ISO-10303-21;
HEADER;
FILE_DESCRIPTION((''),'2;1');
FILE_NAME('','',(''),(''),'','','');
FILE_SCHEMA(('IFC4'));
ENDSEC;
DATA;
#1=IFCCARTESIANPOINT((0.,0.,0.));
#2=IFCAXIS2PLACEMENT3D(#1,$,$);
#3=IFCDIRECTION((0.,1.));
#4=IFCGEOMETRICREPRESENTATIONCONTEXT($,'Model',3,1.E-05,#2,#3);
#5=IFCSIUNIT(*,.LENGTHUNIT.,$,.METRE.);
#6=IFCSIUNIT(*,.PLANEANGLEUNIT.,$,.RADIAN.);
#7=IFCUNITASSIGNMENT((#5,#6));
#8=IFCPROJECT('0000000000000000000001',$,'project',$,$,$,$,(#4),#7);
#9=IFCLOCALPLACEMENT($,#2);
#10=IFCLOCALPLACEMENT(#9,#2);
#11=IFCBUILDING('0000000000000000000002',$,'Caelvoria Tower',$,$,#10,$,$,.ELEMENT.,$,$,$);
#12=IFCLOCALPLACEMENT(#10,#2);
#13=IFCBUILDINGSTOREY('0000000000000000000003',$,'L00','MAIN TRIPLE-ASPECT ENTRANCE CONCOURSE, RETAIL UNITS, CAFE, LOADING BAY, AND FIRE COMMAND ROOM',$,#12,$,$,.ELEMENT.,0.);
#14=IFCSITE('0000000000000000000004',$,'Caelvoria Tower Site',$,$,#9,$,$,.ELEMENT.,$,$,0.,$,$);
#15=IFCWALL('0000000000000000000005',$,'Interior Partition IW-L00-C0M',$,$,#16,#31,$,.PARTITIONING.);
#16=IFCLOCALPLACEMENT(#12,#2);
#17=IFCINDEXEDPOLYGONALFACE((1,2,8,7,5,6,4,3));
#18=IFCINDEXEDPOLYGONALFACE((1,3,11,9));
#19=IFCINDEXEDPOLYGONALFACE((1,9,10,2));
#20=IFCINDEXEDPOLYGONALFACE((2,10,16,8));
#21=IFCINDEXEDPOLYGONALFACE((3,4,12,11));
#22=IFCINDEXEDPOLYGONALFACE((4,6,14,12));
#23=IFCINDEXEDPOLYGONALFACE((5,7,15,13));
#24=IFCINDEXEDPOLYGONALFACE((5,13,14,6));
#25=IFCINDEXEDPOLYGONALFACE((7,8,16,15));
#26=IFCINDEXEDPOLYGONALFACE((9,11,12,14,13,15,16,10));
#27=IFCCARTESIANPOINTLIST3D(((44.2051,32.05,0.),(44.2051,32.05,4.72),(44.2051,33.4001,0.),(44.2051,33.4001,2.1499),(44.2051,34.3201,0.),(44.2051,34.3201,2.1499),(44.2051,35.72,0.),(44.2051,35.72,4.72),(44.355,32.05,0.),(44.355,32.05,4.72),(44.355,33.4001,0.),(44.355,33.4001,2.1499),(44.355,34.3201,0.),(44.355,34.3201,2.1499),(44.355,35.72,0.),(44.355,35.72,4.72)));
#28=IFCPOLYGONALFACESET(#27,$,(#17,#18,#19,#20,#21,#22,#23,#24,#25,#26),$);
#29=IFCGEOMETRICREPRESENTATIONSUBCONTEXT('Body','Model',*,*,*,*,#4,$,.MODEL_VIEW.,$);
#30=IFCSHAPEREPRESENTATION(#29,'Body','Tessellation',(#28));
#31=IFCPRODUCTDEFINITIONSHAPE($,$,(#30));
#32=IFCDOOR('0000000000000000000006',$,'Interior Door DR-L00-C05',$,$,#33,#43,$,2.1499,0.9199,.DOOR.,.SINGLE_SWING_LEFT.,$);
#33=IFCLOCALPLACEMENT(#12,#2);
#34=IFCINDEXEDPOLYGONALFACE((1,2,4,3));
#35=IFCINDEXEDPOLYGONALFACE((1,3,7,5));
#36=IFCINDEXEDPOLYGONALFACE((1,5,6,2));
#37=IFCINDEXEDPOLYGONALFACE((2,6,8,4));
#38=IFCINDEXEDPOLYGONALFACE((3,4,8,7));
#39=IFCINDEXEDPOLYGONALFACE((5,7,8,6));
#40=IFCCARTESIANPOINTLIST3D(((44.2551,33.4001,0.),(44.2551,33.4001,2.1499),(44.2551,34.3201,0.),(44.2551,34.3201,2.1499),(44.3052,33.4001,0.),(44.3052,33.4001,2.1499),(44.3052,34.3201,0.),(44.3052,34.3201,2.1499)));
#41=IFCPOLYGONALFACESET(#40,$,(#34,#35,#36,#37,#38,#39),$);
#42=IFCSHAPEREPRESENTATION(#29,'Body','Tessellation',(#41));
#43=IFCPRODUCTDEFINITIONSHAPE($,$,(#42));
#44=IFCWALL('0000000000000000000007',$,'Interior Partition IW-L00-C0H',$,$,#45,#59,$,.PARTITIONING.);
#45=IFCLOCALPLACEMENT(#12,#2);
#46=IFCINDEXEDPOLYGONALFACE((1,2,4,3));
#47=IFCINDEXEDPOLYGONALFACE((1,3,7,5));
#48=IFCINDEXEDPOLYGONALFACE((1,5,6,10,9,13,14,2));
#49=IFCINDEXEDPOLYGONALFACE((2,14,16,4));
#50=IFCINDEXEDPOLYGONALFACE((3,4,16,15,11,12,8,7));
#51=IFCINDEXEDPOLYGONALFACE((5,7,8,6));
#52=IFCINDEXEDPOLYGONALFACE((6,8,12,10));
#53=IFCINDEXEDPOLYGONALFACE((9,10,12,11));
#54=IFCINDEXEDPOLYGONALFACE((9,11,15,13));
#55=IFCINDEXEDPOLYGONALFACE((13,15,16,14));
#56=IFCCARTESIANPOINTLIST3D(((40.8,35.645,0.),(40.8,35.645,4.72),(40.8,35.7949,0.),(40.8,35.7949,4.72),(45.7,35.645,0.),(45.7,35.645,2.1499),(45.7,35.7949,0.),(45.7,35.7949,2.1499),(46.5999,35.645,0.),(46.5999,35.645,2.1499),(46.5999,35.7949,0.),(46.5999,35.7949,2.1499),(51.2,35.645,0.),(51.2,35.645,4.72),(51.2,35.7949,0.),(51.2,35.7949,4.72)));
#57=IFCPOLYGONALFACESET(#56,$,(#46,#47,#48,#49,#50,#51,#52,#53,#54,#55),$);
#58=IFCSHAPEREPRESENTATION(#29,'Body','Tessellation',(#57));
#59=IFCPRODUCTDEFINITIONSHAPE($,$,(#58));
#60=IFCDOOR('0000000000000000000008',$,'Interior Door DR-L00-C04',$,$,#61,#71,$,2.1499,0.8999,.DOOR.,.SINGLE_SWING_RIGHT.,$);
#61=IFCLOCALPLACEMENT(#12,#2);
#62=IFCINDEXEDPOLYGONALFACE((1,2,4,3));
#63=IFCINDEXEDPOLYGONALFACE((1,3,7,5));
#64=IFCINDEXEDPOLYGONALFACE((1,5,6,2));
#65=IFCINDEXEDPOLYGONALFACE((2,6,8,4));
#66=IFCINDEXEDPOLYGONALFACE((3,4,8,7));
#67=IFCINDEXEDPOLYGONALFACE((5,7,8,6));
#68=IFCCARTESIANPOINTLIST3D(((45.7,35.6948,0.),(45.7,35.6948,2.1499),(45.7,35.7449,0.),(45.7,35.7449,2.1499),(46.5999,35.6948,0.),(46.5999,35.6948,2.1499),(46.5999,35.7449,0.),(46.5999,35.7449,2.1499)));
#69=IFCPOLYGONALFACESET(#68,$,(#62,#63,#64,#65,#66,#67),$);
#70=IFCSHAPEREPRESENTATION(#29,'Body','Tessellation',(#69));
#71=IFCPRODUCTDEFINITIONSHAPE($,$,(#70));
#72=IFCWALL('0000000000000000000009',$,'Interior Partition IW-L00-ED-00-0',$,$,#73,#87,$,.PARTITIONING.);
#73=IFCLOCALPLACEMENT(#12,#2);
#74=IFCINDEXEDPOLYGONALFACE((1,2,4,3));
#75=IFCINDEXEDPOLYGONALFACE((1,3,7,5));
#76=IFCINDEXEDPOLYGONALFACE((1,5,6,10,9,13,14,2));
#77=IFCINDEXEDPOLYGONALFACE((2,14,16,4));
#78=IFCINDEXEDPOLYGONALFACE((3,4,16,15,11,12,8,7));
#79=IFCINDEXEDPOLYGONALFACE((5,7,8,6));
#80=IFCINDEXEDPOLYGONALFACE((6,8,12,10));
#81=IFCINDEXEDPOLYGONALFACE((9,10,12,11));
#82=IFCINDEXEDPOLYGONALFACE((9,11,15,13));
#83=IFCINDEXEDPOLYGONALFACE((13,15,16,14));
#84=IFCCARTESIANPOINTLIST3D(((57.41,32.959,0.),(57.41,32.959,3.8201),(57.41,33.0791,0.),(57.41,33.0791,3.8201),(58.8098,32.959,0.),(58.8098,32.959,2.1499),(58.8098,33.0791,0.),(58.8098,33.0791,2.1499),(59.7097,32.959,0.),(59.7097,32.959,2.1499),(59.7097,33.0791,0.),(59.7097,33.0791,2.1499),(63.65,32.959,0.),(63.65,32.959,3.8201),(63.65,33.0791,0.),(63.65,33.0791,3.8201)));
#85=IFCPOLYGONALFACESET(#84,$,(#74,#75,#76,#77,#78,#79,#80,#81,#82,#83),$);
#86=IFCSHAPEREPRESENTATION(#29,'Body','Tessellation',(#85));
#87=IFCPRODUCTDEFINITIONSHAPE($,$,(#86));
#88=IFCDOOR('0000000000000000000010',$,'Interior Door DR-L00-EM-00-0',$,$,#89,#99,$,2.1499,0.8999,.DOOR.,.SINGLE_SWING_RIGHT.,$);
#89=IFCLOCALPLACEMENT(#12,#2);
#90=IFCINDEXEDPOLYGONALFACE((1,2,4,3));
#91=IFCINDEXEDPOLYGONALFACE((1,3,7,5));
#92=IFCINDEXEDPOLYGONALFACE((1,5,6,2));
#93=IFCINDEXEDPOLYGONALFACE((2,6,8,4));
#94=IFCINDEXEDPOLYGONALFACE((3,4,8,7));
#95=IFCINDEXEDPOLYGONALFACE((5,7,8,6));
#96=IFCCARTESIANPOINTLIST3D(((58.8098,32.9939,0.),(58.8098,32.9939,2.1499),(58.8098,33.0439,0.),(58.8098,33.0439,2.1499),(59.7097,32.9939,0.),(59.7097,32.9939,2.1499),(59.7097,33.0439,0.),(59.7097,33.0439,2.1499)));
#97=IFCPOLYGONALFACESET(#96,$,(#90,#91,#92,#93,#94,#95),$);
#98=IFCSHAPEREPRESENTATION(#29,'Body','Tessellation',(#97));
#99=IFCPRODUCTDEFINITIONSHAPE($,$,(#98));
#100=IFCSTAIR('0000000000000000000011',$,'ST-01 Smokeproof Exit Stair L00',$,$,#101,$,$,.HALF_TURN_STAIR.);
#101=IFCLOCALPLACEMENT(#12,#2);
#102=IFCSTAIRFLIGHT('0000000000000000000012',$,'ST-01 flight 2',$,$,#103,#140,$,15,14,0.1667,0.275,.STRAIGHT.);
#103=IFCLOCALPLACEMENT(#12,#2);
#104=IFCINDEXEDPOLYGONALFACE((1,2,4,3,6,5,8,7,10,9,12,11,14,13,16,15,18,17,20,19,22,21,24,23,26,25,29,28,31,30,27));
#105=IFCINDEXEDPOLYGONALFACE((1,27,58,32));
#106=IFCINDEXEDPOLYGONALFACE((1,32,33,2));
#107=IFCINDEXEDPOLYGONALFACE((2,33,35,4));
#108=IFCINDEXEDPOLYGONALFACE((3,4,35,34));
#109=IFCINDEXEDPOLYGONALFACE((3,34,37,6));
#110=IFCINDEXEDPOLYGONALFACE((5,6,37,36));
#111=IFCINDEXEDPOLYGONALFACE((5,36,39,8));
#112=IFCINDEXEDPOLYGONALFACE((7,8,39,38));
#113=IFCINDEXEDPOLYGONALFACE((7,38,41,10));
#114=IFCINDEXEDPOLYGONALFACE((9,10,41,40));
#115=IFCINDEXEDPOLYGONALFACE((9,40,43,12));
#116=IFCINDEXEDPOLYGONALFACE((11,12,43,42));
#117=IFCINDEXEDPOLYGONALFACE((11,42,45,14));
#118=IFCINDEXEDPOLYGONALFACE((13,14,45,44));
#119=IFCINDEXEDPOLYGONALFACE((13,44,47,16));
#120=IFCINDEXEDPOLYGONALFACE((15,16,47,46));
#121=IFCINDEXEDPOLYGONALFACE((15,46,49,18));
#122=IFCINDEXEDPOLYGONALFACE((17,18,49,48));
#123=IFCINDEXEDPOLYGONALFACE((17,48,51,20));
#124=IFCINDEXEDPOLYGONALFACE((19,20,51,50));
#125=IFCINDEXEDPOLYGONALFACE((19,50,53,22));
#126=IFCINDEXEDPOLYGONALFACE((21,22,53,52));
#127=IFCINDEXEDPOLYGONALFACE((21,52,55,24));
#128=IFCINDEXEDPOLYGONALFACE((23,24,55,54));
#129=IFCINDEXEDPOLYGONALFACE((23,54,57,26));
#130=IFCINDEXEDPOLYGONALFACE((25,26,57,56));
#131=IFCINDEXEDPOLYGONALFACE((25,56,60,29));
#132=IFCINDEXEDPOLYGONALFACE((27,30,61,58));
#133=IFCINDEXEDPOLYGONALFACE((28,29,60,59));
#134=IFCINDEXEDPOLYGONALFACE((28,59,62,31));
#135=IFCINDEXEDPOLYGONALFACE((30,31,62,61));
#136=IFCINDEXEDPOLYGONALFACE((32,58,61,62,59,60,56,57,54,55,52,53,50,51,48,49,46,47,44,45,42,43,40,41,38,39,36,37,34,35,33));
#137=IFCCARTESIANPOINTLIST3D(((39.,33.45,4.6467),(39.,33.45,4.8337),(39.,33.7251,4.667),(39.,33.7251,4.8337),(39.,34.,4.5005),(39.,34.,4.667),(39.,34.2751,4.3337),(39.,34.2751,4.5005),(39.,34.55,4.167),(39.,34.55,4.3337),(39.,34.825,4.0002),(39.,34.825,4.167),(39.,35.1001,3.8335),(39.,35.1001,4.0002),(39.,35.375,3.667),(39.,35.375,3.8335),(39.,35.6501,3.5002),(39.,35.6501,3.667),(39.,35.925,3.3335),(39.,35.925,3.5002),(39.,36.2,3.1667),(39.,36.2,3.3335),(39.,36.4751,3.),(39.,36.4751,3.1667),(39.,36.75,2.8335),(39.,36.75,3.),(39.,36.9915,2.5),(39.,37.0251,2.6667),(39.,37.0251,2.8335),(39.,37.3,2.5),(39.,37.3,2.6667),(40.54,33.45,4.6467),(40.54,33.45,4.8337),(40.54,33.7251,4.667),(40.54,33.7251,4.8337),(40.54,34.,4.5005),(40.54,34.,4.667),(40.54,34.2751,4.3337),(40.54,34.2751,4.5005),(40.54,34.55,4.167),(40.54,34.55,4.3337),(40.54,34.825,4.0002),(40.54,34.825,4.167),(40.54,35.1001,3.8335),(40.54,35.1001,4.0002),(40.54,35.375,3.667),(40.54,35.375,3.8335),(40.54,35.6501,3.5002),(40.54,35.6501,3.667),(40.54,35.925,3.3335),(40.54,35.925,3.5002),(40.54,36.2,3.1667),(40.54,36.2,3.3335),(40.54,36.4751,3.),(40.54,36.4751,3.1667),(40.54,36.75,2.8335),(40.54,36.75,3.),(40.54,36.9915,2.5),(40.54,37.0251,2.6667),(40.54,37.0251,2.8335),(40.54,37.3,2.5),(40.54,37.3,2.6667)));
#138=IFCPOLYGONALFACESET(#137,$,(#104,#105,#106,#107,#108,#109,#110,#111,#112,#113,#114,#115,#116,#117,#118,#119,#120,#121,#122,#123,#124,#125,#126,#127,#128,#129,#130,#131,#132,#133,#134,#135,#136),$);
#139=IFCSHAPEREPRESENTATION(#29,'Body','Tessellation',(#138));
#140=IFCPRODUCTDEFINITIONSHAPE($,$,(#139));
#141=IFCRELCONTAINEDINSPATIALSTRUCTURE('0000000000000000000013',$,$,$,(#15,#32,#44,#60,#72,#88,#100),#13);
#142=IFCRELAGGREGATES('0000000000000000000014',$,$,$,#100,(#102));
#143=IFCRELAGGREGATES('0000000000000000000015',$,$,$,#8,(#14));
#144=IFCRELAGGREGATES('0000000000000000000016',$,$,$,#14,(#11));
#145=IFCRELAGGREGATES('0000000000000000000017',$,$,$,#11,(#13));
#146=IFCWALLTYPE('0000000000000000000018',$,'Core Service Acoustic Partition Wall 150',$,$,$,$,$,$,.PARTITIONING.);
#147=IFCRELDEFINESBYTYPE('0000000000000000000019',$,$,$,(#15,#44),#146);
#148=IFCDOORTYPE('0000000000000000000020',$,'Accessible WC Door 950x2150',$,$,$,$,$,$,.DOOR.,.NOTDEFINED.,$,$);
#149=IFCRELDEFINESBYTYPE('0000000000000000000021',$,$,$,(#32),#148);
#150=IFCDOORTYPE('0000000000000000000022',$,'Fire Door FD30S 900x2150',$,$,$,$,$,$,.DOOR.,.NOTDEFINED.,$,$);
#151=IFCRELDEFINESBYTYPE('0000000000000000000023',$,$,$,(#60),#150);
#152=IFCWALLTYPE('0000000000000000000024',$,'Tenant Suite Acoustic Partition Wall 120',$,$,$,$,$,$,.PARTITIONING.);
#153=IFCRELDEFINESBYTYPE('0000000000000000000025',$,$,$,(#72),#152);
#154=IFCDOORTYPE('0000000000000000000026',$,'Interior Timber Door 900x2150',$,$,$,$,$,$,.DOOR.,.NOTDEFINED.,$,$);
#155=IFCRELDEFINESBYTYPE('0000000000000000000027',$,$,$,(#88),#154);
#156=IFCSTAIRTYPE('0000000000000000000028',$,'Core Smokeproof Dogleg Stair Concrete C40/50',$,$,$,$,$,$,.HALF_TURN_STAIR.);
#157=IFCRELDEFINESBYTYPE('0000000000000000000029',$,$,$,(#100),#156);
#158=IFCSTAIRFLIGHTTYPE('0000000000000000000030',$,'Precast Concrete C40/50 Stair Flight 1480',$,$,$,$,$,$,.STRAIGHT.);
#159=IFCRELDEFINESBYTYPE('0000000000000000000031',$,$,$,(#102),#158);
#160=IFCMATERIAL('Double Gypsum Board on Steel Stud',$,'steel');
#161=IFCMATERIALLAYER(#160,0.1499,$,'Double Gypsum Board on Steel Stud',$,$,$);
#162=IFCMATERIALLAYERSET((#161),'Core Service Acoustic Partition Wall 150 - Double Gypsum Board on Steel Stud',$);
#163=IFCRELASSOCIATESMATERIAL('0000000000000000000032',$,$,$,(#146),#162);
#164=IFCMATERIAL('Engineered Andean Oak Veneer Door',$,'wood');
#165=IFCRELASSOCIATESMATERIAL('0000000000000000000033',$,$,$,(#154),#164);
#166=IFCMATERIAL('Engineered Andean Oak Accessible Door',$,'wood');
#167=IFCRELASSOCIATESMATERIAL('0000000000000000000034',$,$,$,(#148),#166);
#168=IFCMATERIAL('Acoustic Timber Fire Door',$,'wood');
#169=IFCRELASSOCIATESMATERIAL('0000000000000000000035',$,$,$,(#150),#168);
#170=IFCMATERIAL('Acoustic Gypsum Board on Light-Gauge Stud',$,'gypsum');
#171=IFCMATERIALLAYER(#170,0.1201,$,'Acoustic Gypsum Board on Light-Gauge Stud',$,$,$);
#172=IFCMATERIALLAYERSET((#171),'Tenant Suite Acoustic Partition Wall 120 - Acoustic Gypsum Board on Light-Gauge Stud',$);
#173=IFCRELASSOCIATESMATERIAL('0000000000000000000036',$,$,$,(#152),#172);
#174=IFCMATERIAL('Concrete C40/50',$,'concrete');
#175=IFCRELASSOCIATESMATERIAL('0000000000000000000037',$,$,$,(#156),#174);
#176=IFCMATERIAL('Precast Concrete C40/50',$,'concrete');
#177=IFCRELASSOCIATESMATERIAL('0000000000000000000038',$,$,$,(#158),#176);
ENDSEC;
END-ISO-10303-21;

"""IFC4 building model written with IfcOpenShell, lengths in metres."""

from ifc_helpers import new_model, si_unit, direction, frame, frame_2d, origin, place, context, subcontext, project, spatial, polyline, rectangle, outline, extrude, material, layer, layer_set, type_object, element, fill, aggregate, save


model = new_model("IFC4")

# Units and contexts
model_context = context("Model", 3, precision=1e-05, world=origin(), true_north=direction((0.0, 1.0)))
body_context = subcontext(model_context, "Body", "Model", "MODEL_VIEW")
ifc_project = project(units=[si_unit("LENGTHUNIT", "METRE"), si_unit("PLANEANGLEUNIT", "RADIAN")], contexts=[model_context])

# Site, building, storey
site_placement = place(None, origin())
site = spatial("IfcSite", under=ifc_project, at=site_placement, Name="Caelvoria Tower Site", CompositionType="ELEMENT", RefElevation=0.0)
building_placement = place(site_placement, origin())
building = spatial("IfcBuilding", under=site, at=building_placement, Name="Caelvoria Tower", CompositionType="ELEMENT")
storey_placement = place(building_placement, origin())
storey = spatial("IfcBuildingStorey", under=building, at=storey_placement, Name="L00", Description="MAIN TRIPLE-ASPECT ENTRANCE CONCOURSE, RETAIL UNITS, CAFE, LOADING BAY, AND FIRE COMMAND ROOM", CompositionType="ELEMENT", Elevation=0.0)

# Walls, openings, doors
ifc_material_1 = material(Name="Double Gypsum Board on Steel Stud", Category="steel")
ifc_layer_1 = layer(ifc_material_1, 0.1499, Name="Double Gypsum Board on Steel Stud")
ifc_layer_set_1 = layer_set([ifc_layer_1], Name="Core Service Acoustic Partition Wall 150 - Double Gypsum Board on Steel Stud")
wall_type_1 = type_object("IfcWallType", Name="Core Service Acoustic Partition Wall 150", PredefinedType="PARTITIONING", material=ifc_layer_set_1)
ifc_material_2 = material(Name="Engineered Andean Oak Veneer Door", Category="wood")
door_type_1 = type_object("IfcDoorType", Name="Interior Timber Door 900x2150", OperationType="NOTDEFINED", PredefinedType="DOOR", material=ifc_material_2)
wall_1_placement = place(storey_placement, frame((44.28, 32.05, 0.0), z_axis=(0.0, 0.0, 1.0), x_axis=(0.0, 1.0, 0.0)))
wall_1 = element("IfcWall", 1, at=wall_1_placement, inside=storey, type_object=wall_type_1, Name="Interior Partition IW-L00-C0M", PredefinedType="PARTITIONING", context=body_context, shape_type="SweptSolid", body=[
    extrude(rectangle(XDim=3.6699, YDim=0.1499, at=frame_2d((1.835, 0.0))), origin(), (0.0, 0.0, 1.0), 4.72),
])
opening_1_placement = place(wall_1_placement, frame((1.3501, 0.0, 0.0)))
opening_1 = element("IfcOpeningElement", 2, at=opening_1_placement, cuts=wall_1, PredefinedType="OPENING", context=body_context, shape_type="SweptSolid", body=[
    extrude(rectangle(XDim=0.9199, YDim=2.1499, at=frame_2d((0.46, 1.075))), frame((0.0, 0.085, 0.0), z_axis=(0.0, -1.0, 0.0), x_axis=(1.0, 0.0, 0.0)), (0.0, 0.0, 1.0), 0.1699),
])
ifc_material_3 = material(Name="Engineered Andean Oak Accessible Door", Category="wood")
door_type_2 = type_object("IfcDoorType", Name="Accessible WC Door 950x2150", OperationType="NOTDEFINED", PredefinedType="DOOR", material=ifc_material_3)
door_1_placement = place(opening_1_placement, origin())
door_1 = element("IfcDoor", 3, at=door_1_placement, inside=storey, type_object=door_type_2, Name="Interior Door DR-L00-C05", OperationType="SINGLE_SWING_LEFT", OverallHeight=2.1499, OverallWidth=0.9199, PredefinedType="DOOR", context=body_context, shape_type="SweptSolid", body=[
    extrude(rectangle(XDim=0.9199, YDim=2.1499, at=frame_2d((0.46, 1.075))), frame((0.0, 0.0249, 0.0), z_axis=(0.0, -1.0, 0.0), x_axis=(1.0, 0.0, 0.0)), (0.0, 0.0, 1.0), 0.05),
])
fill(opening_1, door_1)
wall_2_placement = place(storey_placement, frame((40.8, 35.72, 0.0), z_axis=(0.0, 0.0, 1.0), x_axis=(1.0, 0.0, 0.0)))
wall_2 = element("IfcWall", 4, at=wall_2_placement, inside=storey, type_object=wall_type_1, Name="Interior Partition IW-L00-C0H", PredefinedType="PARTITIONING", context=body_context, shape_type="SweptSolid", body=[
    extrude(rectangle(XDim=10.3999, YDim=0.1499, at=frame_2d((5.2, 0.0))), origin(), (0.0, 0.0, 1.0), 4.72),
])
opening_2_placement = place(wall_2_placement, frame((4.8999, 0.0, 0.0)))
opening_2 = element("IfcOpeningElement", 5, at=opening_2_placement, cuts=wall_2, PredefinedType="OPENING", context=body_context, shape_type="SweptSolid", body=[
    extrude(rectangle(XDim=0.8999, YDim=2.1499, at=frame_2d((0.45, 1.075))), frame((0.0, 0.085, 0.0), z_axis=(0.0, -1.0, 0.0), x_axis=(1.0, 0.0, 0.0)), (0.0, 0.0, 1.0), 0.1699),
])
ifc_material_4 = material(Name="Acoustic Timber Fire Door", Category="wood")
door_type_3 = type_object("IfcDoorType", Name="Fire Door FD30S 900x2150", OperationType="NOTDEFINED", PredefinedType="DOOR", material=ifc_material_4)
door_2_placement = place(opening_2_placement, origin())
door_2 = element("IfcDoor", 6, at=door_2_placement, inside=storey, type_object=door_type_3, Name="Interior Door DR-L00-C04", OperationType="SINGLE_SWING_RIGHT", OverallHeight=2.1499, OverallWidth=0.8999, PredefinedType="DOOR", context=body_context, shape_type="SweptSolid", body=[
    extrude(rectangle(XDim=0.8999, YDim=2.1499, at=frame_2d((0.45, 1.075))), frame((0.0, 0.0249, 0.0), z_axis=(0.0, -1.0, 0.0), x_axis=(1.0, 0.0, 0.0)), (0.0, 0.0, 1.0), 0.05),
])
fill(opening_2, door_2)
ifc_material_5 = material(Name="Acoustic Gypsum Board on Light-Gauge Stud", Category="gypsum")
ifc_layer_2 = layer(ifc_material_5, 0.1201, Name="Acoustic Gypsum Board on Light-Gauge Stud")
ifc_layer_set_2 = layer_set([ifc_layer_2], Name="Tenant Suite Acoustic Partition Wall 120 - Acoustic Gypsum Board on Light-Gauge Stud")
wall_type_2 = type_object("IfcWallType", Name="Tenant Suite Acoustic Partition Wall 120", PredefinedType="PARTITIONING", material=ifc_layer_set_2)
wall_3_placement = place(storey_placement, frame((57.4099, 33.019, 0.0), z_axis=(0.0, 0.0, 1.0), x_axis=(1.0, 0.0, 0.0)))
wall_3 = element("IfcWall", 7, at=wall_3_placement, inside=storey, type_object=wall_type_2, Name="Interior Partition IW-L00-ED-00-0", PredefinedType="PARTITIONING", context=body_context, shape_type="SweptSolid", body=[
    extrude(rectangle(XDim=6.24, YDim=0.1201, at=frame_2d((3.1201, 0.0))), origin(), (0.0, 0.0, 1.0), 3.8201),
])
opening_3_placement = place(wall_3_placement, frame((1.3999, 0.0, 0.0)))
opening_3 = element("IfcOpeningElement", 8, at=opening_3_placement, cuts=wall_3, PredefinedType="OPENING", context=body_context, shape_type="SweptSolid", body=[
    extrude(rectangle(XDim=0.8999, YDim=2.1499, at=frame_2d((0.45, 1.075))), frame((0.0, 0.0701, 0.0), z_axis=(0.0, -1.0, 0.0), x_axis=(1.0, 0.0, 0.0)), (0.0, 0.0, 1.0), 0.1401),
])
door_3_placement = place(opening_3_placement, origin())
door_3 = element("IfcDoor", 9, at=door_3_placement, inside=storey, type_object=door_type_1, Name="Interior Door DR-L00-EM-00-0", OperationType="SINGLE_SWING_RIGHT", OverallHeight=2.1499, OverallWidth=0.8999, PredefinedType="DOOR", context=body_context, shape_type="SweptSolid", body=[
    extrude(rectangle(XDim=0.8999, YDim=2.1499, at=frame_2d((0.45, 1.075))), frame((0.0, 0.0249, 0.0), z_axis=(0.0, -1.0, 0.0), x_axis=(1.0, 0.0, 0.0)), (0.0, 0.0, 1.0), 0.05),
])
fill(opening_3, door_3)

# Stair, stair flight
ifc_material_6 = material(Name="Concrete C40/50", Category="concrete")
stair_type = type_object("IfcStairType", Name="Core Smokeproof Dogleg Stair Concrete C40/50", PredefinedType="HALF_TURN_STAIR", material=ifc_material_6)
stair_1_placement = place(storey_placement, origin())
stair_1 = element("IfcStair", 10, at=stair_1_placement, inside=storey, type_object=stair_type, Name="ST-01 Smokeproof Exit Stair L00", PredefinedType="HALF_TURN_STAIR")
ifc_material_7 = material(Name="Precast Concrete C40/50", Category="concrete")
stair_flight_type = type_object("IfcStairFlightType", Name="Precast Concrete C40/50 Stair Flight 1480", PredefinedType="STRAIGHT", material=ifc_material_7)
stair_flight_1_placement = place(storey_placement, frame((39.77, 37.3, 2.5), z_axis=(0.0, 0.0, 1.0), x_axis=(0.0, -1.0, 0.0)))
stair_flight_1 = element("IfcStairFlight", 11, at=stair_flight_1_placement, type_object=stair_flight_type, Name="ST-01 flight 2", NumberOfRisers=15, NumberOfTreads=14, PredefinedType="STRAIGHT", RiserHeight=0.1667, TreadLength=0.275, context=body_context, shape_type="SweptSolid", body=[
    extrude(outline(polyline([(0.0, 0.0), (0.0, 0.1667), (0.2749, 0.1667), (0.2749, 0.3335), (0.55, 0.3335), (0.55, 0.5), (0.825, 0.5), (0.825, 0.6667), (1.1001, 0.6667), (1.1001, 0.8335), (1.375, 0.8335), (1.375, 1.0002), (1.6499, 1.0002), (1.6499, 1.167), (1.925, 1.167), (1.925, 1.3335), (2.2, 1.3335), (2.2, 1.5002), (2.4751, 1.5002), (2.4751, 1.667), (2.75, 1.667), (2.75, 1.8337), (3.0249, 1.8337), (3.0249, 2.0005), (3.3, 2.0005), (3.3, 2.167), (3.575, 2.167), (3.575, 2.3337), (3.8501, 2.3337), (3.8501, 2.5005), (3.8501, 2.1467), (0.3086, 0.0), (0.0, 0.0)])), frame((0.0, 0.77, 0.0), z_axis=(0.0, -1.0, 0.0), x_axis=(1.0, 0.0, 0.0)), (0.0, 0.0, 1.0), 1.54),
])
aggregate(stair_1, [stair_flight_1])

save(model, "model.ifc")
